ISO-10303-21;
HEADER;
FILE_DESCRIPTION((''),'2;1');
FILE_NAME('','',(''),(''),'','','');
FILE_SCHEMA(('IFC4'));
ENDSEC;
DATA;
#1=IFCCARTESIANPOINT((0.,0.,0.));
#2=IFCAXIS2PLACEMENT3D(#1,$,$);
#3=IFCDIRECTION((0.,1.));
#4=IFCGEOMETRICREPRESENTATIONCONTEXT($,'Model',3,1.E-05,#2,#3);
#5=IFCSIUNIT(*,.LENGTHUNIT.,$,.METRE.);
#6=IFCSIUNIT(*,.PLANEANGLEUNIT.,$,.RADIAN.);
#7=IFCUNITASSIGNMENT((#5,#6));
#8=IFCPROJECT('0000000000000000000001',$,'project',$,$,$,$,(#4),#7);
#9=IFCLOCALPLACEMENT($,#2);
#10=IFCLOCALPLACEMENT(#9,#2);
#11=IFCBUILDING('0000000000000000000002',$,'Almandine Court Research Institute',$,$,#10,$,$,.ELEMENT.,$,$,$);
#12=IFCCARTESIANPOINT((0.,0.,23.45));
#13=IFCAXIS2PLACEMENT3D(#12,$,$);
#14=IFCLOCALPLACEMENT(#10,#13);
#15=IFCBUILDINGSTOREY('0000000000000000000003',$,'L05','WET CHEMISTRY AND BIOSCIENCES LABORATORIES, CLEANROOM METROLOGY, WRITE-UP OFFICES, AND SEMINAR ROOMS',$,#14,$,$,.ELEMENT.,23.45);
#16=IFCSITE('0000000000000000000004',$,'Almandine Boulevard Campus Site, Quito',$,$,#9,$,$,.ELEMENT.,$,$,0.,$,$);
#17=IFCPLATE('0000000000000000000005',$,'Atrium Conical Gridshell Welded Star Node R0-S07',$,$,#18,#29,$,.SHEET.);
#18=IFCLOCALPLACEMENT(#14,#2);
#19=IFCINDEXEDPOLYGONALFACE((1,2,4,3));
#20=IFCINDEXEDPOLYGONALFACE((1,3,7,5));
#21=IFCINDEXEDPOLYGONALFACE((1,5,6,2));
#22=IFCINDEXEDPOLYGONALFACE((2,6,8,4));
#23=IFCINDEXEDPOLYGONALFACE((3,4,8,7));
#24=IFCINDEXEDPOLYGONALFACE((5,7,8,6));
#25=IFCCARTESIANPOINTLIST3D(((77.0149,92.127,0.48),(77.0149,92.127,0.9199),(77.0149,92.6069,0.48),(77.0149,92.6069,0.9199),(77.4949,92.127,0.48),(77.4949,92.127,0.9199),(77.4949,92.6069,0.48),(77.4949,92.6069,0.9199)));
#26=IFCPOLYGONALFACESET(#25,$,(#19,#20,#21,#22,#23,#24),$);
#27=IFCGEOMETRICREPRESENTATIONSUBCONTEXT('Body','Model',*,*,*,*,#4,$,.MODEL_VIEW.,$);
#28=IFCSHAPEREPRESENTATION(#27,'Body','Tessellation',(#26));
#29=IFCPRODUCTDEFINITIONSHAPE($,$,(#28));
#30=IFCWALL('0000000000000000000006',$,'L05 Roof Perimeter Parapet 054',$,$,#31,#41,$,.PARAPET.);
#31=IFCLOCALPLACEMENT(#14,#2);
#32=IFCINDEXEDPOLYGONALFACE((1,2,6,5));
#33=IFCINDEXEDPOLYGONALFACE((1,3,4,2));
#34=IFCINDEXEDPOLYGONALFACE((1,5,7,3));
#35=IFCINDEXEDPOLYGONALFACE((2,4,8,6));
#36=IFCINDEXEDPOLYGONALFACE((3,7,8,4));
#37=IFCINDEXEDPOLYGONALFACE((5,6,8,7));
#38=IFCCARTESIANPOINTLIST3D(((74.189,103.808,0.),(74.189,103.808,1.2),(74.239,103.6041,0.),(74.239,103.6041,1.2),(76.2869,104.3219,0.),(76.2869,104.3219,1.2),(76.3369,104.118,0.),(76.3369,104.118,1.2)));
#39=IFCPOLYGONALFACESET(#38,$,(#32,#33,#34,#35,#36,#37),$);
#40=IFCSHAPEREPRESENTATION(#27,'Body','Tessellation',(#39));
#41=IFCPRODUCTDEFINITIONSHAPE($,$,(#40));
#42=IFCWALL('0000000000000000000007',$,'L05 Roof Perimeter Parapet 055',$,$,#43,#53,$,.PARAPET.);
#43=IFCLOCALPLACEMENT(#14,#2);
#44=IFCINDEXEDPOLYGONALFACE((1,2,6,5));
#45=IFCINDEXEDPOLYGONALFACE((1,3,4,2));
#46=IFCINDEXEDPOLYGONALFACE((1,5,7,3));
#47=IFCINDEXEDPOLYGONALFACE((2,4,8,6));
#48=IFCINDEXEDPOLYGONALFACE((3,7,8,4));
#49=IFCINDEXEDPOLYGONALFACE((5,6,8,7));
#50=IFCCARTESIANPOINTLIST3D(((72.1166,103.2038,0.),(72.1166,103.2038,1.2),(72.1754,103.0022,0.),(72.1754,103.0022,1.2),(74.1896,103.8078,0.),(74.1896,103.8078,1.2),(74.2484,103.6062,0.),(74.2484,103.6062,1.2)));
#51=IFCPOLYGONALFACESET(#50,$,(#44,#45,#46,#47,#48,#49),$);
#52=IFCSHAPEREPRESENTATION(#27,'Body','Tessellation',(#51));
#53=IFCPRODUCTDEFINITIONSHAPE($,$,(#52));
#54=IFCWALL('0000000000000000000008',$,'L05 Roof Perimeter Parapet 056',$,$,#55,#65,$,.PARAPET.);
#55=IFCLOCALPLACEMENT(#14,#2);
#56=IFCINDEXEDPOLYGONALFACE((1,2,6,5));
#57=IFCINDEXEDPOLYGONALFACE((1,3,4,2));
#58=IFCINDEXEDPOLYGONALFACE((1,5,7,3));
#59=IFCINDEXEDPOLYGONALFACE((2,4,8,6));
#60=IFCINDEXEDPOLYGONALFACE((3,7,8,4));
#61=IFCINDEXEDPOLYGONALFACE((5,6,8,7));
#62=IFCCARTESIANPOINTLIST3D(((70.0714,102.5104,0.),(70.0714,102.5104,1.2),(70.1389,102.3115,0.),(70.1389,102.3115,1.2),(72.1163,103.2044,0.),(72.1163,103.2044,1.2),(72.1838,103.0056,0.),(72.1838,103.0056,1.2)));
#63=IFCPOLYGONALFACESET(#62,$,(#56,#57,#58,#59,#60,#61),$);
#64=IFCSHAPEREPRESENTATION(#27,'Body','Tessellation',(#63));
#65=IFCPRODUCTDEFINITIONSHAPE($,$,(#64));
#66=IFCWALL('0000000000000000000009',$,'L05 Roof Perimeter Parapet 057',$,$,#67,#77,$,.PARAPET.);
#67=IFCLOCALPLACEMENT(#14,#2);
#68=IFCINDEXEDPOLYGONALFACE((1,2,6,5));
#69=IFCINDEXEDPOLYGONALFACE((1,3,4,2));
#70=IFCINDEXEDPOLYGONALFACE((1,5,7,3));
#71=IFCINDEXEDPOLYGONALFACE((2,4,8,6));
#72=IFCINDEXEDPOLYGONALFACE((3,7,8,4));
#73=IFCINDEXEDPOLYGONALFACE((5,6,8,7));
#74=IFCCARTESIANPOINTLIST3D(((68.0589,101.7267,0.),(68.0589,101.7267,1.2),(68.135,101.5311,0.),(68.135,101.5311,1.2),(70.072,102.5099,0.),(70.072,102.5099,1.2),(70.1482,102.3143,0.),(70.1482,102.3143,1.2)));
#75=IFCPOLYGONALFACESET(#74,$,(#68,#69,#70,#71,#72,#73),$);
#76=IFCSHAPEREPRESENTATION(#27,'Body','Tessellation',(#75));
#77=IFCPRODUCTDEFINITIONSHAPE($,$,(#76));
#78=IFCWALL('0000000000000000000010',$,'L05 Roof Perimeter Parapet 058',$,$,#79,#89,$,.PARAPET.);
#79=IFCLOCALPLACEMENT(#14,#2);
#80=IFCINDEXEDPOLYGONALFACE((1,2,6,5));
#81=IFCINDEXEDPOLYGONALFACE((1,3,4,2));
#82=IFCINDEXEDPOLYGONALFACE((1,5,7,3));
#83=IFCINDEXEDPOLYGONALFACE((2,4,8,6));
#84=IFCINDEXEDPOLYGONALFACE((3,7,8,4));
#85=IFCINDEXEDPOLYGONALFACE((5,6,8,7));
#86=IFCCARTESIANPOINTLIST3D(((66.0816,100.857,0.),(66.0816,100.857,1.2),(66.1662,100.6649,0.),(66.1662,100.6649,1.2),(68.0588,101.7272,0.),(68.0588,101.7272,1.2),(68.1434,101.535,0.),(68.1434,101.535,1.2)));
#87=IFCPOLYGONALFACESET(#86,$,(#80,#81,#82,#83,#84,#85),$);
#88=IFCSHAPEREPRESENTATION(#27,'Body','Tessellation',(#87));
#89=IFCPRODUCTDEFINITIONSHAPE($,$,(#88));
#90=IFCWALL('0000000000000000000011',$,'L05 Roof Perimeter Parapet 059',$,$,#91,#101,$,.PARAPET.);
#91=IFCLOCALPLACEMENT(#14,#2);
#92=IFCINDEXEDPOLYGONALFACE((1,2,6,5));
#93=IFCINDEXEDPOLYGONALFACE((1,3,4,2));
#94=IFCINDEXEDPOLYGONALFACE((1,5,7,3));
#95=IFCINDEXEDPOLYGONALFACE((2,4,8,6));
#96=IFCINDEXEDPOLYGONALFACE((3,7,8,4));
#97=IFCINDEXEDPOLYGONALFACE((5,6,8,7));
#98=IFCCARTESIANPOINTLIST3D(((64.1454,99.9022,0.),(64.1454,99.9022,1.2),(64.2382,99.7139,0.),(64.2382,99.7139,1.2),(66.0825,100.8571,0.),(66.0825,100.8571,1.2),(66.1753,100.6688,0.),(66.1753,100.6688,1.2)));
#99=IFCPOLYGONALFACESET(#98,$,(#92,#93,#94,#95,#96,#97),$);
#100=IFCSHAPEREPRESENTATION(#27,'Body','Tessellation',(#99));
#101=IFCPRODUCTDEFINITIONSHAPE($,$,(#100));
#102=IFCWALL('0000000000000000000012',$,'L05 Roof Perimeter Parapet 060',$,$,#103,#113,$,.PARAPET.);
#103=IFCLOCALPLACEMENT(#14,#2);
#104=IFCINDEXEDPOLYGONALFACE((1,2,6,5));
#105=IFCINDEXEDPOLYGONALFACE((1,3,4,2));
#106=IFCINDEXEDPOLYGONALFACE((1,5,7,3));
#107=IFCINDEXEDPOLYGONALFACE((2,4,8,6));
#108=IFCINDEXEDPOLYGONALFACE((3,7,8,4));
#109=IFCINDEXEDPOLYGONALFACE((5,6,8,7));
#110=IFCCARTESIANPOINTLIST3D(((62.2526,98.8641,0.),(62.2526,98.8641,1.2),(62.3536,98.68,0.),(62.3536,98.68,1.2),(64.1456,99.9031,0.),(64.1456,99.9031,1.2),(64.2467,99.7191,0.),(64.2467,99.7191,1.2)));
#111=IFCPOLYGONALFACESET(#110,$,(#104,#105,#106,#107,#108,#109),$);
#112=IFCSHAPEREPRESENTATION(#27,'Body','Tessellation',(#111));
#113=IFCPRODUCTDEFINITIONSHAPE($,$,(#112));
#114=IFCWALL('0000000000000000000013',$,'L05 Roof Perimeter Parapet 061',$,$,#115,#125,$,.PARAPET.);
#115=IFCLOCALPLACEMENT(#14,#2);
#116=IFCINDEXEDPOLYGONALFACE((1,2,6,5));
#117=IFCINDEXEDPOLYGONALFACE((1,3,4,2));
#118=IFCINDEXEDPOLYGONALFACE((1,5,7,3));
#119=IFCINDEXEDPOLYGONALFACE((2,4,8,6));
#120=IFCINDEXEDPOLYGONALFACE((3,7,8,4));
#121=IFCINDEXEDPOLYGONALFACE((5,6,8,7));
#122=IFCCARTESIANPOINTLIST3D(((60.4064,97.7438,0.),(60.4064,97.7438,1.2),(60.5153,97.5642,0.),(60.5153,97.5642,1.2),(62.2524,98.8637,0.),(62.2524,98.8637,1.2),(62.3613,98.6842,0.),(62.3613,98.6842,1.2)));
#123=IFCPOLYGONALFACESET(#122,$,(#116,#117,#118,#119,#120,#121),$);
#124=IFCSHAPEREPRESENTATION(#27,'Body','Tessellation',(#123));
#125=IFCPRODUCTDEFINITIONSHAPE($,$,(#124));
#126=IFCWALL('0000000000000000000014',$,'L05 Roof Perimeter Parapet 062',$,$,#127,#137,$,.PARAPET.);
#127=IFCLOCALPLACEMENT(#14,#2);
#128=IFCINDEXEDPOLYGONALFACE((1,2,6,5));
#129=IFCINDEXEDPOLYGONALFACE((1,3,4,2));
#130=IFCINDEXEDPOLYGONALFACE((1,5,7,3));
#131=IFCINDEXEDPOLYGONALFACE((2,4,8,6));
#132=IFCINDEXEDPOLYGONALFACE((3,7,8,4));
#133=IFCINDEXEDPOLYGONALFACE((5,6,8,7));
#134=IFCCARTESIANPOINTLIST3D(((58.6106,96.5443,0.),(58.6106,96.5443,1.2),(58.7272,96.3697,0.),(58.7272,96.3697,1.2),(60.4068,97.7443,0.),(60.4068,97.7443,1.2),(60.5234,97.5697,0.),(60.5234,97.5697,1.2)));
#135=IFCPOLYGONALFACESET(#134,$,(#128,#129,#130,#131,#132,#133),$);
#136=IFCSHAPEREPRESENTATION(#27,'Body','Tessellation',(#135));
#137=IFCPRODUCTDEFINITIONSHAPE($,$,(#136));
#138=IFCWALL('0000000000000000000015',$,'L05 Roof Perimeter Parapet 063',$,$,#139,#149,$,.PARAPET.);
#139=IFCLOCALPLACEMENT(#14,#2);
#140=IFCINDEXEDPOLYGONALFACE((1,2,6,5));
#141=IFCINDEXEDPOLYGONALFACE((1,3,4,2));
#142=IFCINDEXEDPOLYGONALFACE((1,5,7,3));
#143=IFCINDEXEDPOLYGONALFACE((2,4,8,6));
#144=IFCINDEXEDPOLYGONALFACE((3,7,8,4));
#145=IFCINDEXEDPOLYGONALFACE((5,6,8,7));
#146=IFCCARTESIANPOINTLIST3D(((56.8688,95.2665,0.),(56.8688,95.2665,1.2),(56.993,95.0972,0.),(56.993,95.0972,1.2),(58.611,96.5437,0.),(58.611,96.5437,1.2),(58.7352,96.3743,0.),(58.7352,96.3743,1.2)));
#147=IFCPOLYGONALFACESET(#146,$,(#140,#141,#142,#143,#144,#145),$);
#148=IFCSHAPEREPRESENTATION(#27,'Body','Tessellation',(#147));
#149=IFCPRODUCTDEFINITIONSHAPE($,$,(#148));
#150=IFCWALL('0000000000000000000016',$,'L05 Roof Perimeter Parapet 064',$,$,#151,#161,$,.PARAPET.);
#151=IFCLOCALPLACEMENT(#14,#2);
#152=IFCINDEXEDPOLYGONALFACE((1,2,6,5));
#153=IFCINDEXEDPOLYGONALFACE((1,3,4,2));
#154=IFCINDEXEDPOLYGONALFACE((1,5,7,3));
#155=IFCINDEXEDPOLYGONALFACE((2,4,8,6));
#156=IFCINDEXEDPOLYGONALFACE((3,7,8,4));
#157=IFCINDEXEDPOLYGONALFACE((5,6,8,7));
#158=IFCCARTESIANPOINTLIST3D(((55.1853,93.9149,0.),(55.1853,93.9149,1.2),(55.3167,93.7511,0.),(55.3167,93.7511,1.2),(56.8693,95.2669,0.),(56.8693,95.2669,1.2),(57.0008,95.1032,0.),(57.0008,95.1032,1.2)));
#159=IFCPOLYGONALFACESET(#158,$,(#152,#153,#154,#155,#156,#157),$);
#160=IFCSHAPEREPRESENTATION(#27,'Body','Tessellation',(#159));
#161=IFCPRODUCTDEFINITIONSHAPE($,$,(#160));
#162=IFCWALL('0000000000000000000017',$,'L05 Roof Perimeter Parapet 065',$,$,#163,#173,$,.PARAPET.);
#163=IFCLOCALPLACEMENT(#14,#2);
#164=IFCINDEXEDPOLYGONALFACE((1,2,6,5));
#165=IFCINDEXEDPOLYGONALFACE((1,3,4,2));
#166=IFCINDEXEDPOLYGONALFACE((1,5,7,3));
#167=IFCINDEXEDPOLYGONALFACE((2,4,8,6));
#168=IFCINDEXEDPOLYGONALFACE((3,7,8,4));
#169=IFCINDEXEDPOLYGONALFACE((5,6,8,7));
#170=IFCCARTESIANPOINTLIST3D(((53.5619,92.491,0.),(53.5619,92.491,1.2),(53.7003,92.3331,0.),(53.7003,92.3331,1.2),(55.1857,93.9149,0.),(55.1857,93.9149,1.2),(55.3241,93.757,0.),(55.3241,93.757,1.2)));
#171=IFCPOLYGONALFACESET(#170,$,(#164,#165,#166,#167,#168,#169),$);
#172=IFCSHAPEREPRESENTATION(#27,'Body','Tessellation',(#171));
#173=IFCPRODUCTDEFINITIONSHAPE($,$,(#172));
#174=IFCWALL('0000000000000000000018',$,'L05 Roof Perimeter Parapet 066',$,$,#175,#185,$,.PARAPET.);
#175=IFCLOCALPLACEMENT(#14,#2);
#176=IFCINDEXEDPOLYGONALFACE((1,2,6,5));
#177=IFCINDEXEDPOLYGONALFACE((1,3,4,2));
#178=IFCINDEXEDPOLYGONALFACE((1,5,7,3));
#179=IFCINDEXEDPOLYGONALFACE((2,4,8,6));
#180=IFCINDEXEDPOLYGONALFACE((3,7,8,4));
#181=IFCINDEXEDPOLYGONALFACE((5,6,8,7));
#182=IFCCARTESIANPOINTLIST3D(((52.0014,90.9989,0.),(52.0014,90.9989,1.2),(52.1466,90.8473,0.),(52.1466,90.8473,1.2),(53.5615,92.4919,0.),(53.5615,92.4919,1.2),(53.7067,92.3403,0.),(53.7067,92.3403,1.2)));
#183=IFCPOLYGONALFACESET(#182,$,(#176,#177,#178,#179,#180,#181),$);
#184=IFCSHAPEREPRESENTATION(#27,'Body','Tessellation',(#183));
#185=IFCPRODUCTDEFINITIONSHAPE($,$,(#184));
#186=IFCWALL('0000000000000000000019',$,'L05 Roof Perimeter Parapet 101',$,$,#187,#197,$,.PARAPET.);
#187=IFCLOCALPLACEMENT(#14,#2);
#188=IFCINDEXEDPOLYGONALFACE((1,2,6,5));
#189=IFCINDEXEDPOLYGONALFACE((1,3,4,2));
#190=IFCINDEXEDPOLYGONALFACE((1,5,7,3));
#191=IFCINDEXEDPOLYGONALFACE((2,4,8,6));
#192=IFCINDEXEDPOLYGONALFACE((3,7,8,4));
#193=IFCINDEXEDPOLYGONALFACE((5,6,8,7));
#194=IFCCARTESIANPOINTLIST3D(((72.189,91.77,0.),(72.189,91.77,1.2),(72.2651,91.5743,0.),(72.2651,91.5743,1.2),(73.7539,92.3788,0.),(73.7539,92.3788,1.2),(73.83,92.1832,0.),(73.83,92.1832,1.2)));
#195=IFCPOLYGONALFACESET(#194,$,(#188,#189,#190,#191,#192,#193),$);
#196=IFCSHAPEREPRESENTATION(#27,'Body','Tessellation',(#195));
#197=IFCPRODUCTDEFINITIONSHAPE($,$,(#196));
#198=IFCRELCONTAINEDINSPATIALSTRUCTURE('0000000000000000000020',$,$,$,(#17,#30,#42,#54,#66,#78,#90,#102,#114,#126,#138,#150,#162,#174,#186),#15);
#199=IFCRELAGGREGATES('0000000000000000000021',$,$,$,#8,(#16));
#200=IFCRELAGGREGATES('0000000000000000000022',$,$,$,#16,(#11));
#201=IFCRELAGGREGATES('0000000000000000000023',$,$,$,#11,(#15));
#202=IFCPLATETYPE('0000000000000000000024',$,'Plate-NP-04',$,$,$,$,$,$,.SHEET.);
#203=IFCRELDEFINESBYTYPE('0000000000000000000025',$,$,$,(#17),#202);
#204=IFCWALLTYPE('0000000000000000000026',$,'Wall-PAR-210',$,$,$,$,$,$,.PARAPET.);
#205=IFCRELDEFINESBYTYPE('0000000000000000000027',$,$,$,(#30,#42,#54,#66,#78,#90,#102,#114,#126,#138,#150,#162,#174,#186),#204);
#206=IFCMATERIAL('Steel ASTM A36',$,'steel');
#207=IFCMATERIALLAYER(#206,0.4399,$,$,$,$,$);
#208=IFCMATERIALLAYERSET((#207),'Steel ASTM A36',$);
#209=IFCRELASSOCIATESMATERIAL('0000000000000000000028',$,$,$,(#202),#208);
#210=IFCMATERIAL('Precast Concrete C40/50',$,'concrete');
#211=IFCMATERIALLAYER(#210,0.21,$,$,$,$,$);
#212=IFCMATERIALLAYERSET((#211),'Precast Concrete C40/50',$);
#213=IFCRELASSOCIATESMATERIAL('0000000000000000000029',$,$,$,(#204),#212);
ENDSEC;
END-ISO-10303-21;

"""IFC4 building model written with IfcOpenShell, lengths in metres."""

from ifc_helpers import new_model, si_unit, direction, frame, frame_2d, origin, origin_2d, place, context, subcontext, project, spatial, rectangle, extrude, material, layer, layer_set, type_object, element, save


model = new_model("IFC4")

# Units and contexts
model_context = context("Model", 3, precision=1e-05, world=origin(), true_north=direction((0.0, 1.0)))
body_context = subcontext(model_context, "Body", "Model", "MODEL_VIEW")
ifc_project = project(units=[si_unit("LENGTHUNIT", "METRE"), si_unit("PLANEANGLEUNIT", "RADIAN")], contexts=[model_context])

# Site, building, storey
site_placement = place(None, origin())
site = spatial("IfcSite", under=ifc_project, at=site_placement, Name="Almandine Boulevard Campus Site, Quito", CompositionType="ELEMENT", RefElevation=0.0)
building_placement = place(site_placement, origin())
building = spatial("IfcBuilding", under=site, at=building_placement, Name="Almandine Court Research Institute", CompositionType="ELEMENT")
storey_placement = place(building_placement, frame((0.0, 0.0, 23.45)))
storey = spatial("IfcBuildingStorey", under=building, at=storey_placement, Name="L05", Description="WET CHEMISTRY AND BIOSCIENCES LABORATORIES, CLEANROOM METROLOGY, WRITE-UP OFFICES, AND SEMINAR ROOMS", CompositionType="ELEMENT", Elevation=23.45)

# Plate
ifc_material_1 = material(Name="Steel ASTM A36", Category="steel")
ifc_layer_1 = layer(ifc_material_1, 0.4399)
ifc_layer_set_1 = layer_set([ifc_layer_1], Name="Steel ASTM A36")
plate_type = type_object("IfcPlateType", Name="Plate-NP-04", PredefinedType="SHEET", material=ifc_layer_set_1)
plate_placement = place(storey_placement, frame((77.2549, 92.3669, 0.48), z_axis=(0.0, 0.0, 1.0), x_axis=(1.0, 0.0, 0.0)))
element("IfcPlate", 1, at=plate_placement, inside=storey, type_object=plate_type, Name="Atrium Conical Gridshell Welded Star Node R0-S07", PredefinedType="SHEET", context=body_context, shape_type="SweptSolid", body=[
    extrude(rectangle(XDim=0.48, YDim=0.48, at=origin_2d()), origin(), (0.0, 0.0, 1.0), 0.4399),
])

# Walls
ifc_material_2 = material(Name="Precast Concrete C40/50", Category="concrete")
ifc_layer_2 = layer(ifc_material_2, 0.21)
ifc_layer_set_2 = layer_set([ifc_layer_2], Name="Precast Concrete C40/50")
wall_type_1 = type_object("IfcWallType", Name="Wall-PAR-210", PredefinedType="PARAPET", material=ifc_layer_set_2)
wall_1_placement = place(storey_placement, frame((76.312, 104.22, 0.0), z_axis=(0.0, 0.0, 1.0), x_axis=(-0.971282, -0.237932, 0.0)))
element("IfcWall", 2, at=wall_1_placement, inside=storey, type_object=wall_type_1, Name="L05 Roof Perimeter Parapet 054", PredefinedType="PARAPET", context=body_context, shape_type="SweptSolid", body=[
    extrude(rectangle(XDim=2.1599, YDim=0.21, at=frame_2d((1.0801, 0.0))), origin(), (0.0, 0.0, 1.0), 1.2),
])
wall_2_placement = place(storey_placement, frame((74.219, 103.707, 0.0), z_axis=(0.0, 0.0, 1.0), x_axis=(-0.960077, -0.279735, 0.0)))
element("IfcWall", 3, at=wall_2_placement, inside=storey, type_object=wall_type_1, Name="L05 Roof Perimeter Parapet 055", PredefinedType="PARAPET", context=body_context, shape_type="SweptSolid", body=[
    extrude(rectangle(XDim=2.1592, YDim=0.21, at=frame_2d((1.0796, 0.0))), origin(), (0.0, 0.0, 1.0), 1.2),
])
wall_3_placement = place(storey_placement, frame((72.1499, 103.105, 0.0), z_axis=(0.0, 0.0, 1.0), x_axis=(-0.946939, -0.321412, 0.0)))
element("IfcWall", 4, at=wall_3_placement, inside=storey, type_object=wall_type_1, Name="L05 Roof Perimeter Parapet 056", PredefinedType="PARAPET", context=body_context, shape_type="SweptSolid", body=[
    extrude(rectangle(XDim=2.1594, YDim=0.21, at=frame_2d((1.0796, 0.0))), origin(), (0.0, 0.0, 1.0), 1.2),
])
for number, where, z_axis, x_axis, name in (
    (5, (70.1101, 102.4121, 0.0), (0.0, 0.0, 1.0), (-0.931958, -0.362566, 0.0), "L05 Roof Perimeter Parapet 057"),
    (6, (68.1011, 101.6311, 0.0), (0.0, 0.0, 1.0), (-0.915278, -0.402822, 0.0), "L05 Roof Perimeter Parapet 058"),
):
    element("IfcWall", number, at=place(storey_placement, frame(where, z_axis=z_axis, x_axis=x_axis)), inside=storey, type_object=wall_type_1, Name=name, PredefinedType="PARAPET", context=body_context, shape_type="SweptSolid", body=[
        extrude(rectangle(XDim=2.1602, YDim=0.21, at=frame_2d((1.0801, 0.0))), origin(), (0.0, 0.0, 1.0), 1.2),
    ])
wall_4_placement = place(storey_placement, frame((66.1289, 100.7629, 0.0), z_axis=(0.0, 0.0, 1.0), x_axis=(-0.896945, -0.442142, 0.0)))
element("IfcWall", 7, at=wall_4_placement, inside=storey, type_object=wall_type_1, Name="L05 Roof Perimeter Parapet 059", PredefinedType="PARAPET", context=body_context, shape_type="SweptSolid", body=[
    extrude(rectangle(XDim=2.1597, YDim=0.21, at=frame_2d((1.0798, 0.0))), origin(), (0.0, 0.0, 1.0), 1.2),
])
wall_5_placement = place(storey_placement, frame((64.196, 99.811, 0.0), z_axis=(0.0, 0.0, 1.0), x_axis=(-0.876631, -0.481163, 0.0)))
element("IfcWall", 8, at=wall_5_placement, inside=storey, type_object=wall_type_1, Name="L05 Roof Perimeter Parapet 060", PredefinedType="PARAPET", context=body_context, shape_type="SweptSolid", body=[
    extrude(rectangle(XDim=2.1594, YDim=0.21, at=frame_2d((1.0796, 0.0))), origin(), (0.0, 0.0, 1.0), 1.2),
])
wall_6_placement = place(storey_placement, frame((62.3069, 98.7739, 0.0), z_axis=(0.0, 0.0, 1.0), x_axis=(-0.854968, -0.51868, 0.0)))
element("IfcWall", 9, at=wall_6_placement, inside=storey, type_object=wall_type_1, Name="L05 Roof Perimeter Parapet 061", PredefinedType="PARAPET", context=body_context, shape_type="SweptSolid", body=[
    extrude(rectangle(XDim=2.1592, YDim=0.21, at=frame_2d((1.0796, 0.0))), origin(), (0.0, 0.0, 1.0), 1.2),
])
for number, where, z_axis, x_axis, name in (
    (10, (60.4651, 97.657, 0.0), (0.0, 0.0, 1.0), (-0.831511, -0.555508, 0.0), "L05 Roof Perimeter Parapet 062"),
    (11, (58.6731, 96.459, 0.0), (0.0, 0.0, 1.0), (-0.806516, -0.591212, 0.0), "L05 Roof Perimeter Parapet 063"),
):
    element("IfcWall", number, at=place(storey_placement, frame(where, z_axis=z_axis, x_axis=x_axis)), inside=storey, type_object=wall_type_1, Name=name, PredefinedType="PARAPET", context=body_context, shape_type="SweptSolid", body=[
        extrude(rectangle(XDim=2.1602, YDim=0.21, at=frame_2d((1.0801, 0.0))), origin(), (0.0, 0.0, 1.0), 1.2),
    ])
for number, where, z_axis, x_axis, name in (
    (12, (56.9351, 95.1851, 0.0), (0.0, 0.0, 1.0), (-0.779787, -0.626045, 0.0), "L05 Roof Perimeter Parapet 064"),
    (13, (55.2549, 93.8359, 0.0), (0.0, 0.0, 1.0), (-0.751883, -0.659297, 0.0), "L05 Roof Perimeter Parapet 065"),
):
    element("IfcWall", number, at=place(storey_placement, frame(where, z_axis=z_axis, x_axis=x_axis)), inside=storey, type_object=wall_type_1, Name=name, PredefinedType="PARAPET", context=body_context, shape_type="SweptSolid", body=[
        extrude(rectangle(XDim=2.1597, YDim=0.21, at=frame_2d((1.0798, 0.0))), origin(), (0.0, 0.0, 1.0), 1.2),
    ])
wall_7_placement = place(storey_placement, frame((53.634, 92.416, 0.0), z_axis=(0.0, 0.0, 1.0), x_axis=(-0.722482, -0.691389, 0.0)))
element("IfcWall", 14, at=wall_7_placement, inside=storey, type_object=wall_type_1, Name="L05 Roof Perimeter Parapet 066", PredefinedType="PARAPET", context=body_context, shape_type="SweptSolid", body=[
    extrude(rectangle(XDim=2.1594, YDim=0.21, at=frame_2d((1.0796, 0.0))), origin(), (0.0, 0.0, 1.0), 1.2),
])
wall_8_placement = place(storey_placement, frame((72.2271, 91.6721, 0.0), z_axis=(0.0, 0.0, 1.0), x_axis=(0.931945, 0.362601, 0.0)))
element("IfcWall", 15, at=wall_8_placement, inside=storey, type_object=wall_type_1, Name="L05 Roof Perimeter Parapet 101", PredefinedType="PARAPET", context=body_context, shape_type="SweptSolid", body=[
    extrude(rectangle(XDim=1.6792, YDim=0.21, at=frame_2d((0.8396, 0.0))), origin(), (0.0, 0.0, 1.0), 1.2),
])

save(model, "model.ifc")
